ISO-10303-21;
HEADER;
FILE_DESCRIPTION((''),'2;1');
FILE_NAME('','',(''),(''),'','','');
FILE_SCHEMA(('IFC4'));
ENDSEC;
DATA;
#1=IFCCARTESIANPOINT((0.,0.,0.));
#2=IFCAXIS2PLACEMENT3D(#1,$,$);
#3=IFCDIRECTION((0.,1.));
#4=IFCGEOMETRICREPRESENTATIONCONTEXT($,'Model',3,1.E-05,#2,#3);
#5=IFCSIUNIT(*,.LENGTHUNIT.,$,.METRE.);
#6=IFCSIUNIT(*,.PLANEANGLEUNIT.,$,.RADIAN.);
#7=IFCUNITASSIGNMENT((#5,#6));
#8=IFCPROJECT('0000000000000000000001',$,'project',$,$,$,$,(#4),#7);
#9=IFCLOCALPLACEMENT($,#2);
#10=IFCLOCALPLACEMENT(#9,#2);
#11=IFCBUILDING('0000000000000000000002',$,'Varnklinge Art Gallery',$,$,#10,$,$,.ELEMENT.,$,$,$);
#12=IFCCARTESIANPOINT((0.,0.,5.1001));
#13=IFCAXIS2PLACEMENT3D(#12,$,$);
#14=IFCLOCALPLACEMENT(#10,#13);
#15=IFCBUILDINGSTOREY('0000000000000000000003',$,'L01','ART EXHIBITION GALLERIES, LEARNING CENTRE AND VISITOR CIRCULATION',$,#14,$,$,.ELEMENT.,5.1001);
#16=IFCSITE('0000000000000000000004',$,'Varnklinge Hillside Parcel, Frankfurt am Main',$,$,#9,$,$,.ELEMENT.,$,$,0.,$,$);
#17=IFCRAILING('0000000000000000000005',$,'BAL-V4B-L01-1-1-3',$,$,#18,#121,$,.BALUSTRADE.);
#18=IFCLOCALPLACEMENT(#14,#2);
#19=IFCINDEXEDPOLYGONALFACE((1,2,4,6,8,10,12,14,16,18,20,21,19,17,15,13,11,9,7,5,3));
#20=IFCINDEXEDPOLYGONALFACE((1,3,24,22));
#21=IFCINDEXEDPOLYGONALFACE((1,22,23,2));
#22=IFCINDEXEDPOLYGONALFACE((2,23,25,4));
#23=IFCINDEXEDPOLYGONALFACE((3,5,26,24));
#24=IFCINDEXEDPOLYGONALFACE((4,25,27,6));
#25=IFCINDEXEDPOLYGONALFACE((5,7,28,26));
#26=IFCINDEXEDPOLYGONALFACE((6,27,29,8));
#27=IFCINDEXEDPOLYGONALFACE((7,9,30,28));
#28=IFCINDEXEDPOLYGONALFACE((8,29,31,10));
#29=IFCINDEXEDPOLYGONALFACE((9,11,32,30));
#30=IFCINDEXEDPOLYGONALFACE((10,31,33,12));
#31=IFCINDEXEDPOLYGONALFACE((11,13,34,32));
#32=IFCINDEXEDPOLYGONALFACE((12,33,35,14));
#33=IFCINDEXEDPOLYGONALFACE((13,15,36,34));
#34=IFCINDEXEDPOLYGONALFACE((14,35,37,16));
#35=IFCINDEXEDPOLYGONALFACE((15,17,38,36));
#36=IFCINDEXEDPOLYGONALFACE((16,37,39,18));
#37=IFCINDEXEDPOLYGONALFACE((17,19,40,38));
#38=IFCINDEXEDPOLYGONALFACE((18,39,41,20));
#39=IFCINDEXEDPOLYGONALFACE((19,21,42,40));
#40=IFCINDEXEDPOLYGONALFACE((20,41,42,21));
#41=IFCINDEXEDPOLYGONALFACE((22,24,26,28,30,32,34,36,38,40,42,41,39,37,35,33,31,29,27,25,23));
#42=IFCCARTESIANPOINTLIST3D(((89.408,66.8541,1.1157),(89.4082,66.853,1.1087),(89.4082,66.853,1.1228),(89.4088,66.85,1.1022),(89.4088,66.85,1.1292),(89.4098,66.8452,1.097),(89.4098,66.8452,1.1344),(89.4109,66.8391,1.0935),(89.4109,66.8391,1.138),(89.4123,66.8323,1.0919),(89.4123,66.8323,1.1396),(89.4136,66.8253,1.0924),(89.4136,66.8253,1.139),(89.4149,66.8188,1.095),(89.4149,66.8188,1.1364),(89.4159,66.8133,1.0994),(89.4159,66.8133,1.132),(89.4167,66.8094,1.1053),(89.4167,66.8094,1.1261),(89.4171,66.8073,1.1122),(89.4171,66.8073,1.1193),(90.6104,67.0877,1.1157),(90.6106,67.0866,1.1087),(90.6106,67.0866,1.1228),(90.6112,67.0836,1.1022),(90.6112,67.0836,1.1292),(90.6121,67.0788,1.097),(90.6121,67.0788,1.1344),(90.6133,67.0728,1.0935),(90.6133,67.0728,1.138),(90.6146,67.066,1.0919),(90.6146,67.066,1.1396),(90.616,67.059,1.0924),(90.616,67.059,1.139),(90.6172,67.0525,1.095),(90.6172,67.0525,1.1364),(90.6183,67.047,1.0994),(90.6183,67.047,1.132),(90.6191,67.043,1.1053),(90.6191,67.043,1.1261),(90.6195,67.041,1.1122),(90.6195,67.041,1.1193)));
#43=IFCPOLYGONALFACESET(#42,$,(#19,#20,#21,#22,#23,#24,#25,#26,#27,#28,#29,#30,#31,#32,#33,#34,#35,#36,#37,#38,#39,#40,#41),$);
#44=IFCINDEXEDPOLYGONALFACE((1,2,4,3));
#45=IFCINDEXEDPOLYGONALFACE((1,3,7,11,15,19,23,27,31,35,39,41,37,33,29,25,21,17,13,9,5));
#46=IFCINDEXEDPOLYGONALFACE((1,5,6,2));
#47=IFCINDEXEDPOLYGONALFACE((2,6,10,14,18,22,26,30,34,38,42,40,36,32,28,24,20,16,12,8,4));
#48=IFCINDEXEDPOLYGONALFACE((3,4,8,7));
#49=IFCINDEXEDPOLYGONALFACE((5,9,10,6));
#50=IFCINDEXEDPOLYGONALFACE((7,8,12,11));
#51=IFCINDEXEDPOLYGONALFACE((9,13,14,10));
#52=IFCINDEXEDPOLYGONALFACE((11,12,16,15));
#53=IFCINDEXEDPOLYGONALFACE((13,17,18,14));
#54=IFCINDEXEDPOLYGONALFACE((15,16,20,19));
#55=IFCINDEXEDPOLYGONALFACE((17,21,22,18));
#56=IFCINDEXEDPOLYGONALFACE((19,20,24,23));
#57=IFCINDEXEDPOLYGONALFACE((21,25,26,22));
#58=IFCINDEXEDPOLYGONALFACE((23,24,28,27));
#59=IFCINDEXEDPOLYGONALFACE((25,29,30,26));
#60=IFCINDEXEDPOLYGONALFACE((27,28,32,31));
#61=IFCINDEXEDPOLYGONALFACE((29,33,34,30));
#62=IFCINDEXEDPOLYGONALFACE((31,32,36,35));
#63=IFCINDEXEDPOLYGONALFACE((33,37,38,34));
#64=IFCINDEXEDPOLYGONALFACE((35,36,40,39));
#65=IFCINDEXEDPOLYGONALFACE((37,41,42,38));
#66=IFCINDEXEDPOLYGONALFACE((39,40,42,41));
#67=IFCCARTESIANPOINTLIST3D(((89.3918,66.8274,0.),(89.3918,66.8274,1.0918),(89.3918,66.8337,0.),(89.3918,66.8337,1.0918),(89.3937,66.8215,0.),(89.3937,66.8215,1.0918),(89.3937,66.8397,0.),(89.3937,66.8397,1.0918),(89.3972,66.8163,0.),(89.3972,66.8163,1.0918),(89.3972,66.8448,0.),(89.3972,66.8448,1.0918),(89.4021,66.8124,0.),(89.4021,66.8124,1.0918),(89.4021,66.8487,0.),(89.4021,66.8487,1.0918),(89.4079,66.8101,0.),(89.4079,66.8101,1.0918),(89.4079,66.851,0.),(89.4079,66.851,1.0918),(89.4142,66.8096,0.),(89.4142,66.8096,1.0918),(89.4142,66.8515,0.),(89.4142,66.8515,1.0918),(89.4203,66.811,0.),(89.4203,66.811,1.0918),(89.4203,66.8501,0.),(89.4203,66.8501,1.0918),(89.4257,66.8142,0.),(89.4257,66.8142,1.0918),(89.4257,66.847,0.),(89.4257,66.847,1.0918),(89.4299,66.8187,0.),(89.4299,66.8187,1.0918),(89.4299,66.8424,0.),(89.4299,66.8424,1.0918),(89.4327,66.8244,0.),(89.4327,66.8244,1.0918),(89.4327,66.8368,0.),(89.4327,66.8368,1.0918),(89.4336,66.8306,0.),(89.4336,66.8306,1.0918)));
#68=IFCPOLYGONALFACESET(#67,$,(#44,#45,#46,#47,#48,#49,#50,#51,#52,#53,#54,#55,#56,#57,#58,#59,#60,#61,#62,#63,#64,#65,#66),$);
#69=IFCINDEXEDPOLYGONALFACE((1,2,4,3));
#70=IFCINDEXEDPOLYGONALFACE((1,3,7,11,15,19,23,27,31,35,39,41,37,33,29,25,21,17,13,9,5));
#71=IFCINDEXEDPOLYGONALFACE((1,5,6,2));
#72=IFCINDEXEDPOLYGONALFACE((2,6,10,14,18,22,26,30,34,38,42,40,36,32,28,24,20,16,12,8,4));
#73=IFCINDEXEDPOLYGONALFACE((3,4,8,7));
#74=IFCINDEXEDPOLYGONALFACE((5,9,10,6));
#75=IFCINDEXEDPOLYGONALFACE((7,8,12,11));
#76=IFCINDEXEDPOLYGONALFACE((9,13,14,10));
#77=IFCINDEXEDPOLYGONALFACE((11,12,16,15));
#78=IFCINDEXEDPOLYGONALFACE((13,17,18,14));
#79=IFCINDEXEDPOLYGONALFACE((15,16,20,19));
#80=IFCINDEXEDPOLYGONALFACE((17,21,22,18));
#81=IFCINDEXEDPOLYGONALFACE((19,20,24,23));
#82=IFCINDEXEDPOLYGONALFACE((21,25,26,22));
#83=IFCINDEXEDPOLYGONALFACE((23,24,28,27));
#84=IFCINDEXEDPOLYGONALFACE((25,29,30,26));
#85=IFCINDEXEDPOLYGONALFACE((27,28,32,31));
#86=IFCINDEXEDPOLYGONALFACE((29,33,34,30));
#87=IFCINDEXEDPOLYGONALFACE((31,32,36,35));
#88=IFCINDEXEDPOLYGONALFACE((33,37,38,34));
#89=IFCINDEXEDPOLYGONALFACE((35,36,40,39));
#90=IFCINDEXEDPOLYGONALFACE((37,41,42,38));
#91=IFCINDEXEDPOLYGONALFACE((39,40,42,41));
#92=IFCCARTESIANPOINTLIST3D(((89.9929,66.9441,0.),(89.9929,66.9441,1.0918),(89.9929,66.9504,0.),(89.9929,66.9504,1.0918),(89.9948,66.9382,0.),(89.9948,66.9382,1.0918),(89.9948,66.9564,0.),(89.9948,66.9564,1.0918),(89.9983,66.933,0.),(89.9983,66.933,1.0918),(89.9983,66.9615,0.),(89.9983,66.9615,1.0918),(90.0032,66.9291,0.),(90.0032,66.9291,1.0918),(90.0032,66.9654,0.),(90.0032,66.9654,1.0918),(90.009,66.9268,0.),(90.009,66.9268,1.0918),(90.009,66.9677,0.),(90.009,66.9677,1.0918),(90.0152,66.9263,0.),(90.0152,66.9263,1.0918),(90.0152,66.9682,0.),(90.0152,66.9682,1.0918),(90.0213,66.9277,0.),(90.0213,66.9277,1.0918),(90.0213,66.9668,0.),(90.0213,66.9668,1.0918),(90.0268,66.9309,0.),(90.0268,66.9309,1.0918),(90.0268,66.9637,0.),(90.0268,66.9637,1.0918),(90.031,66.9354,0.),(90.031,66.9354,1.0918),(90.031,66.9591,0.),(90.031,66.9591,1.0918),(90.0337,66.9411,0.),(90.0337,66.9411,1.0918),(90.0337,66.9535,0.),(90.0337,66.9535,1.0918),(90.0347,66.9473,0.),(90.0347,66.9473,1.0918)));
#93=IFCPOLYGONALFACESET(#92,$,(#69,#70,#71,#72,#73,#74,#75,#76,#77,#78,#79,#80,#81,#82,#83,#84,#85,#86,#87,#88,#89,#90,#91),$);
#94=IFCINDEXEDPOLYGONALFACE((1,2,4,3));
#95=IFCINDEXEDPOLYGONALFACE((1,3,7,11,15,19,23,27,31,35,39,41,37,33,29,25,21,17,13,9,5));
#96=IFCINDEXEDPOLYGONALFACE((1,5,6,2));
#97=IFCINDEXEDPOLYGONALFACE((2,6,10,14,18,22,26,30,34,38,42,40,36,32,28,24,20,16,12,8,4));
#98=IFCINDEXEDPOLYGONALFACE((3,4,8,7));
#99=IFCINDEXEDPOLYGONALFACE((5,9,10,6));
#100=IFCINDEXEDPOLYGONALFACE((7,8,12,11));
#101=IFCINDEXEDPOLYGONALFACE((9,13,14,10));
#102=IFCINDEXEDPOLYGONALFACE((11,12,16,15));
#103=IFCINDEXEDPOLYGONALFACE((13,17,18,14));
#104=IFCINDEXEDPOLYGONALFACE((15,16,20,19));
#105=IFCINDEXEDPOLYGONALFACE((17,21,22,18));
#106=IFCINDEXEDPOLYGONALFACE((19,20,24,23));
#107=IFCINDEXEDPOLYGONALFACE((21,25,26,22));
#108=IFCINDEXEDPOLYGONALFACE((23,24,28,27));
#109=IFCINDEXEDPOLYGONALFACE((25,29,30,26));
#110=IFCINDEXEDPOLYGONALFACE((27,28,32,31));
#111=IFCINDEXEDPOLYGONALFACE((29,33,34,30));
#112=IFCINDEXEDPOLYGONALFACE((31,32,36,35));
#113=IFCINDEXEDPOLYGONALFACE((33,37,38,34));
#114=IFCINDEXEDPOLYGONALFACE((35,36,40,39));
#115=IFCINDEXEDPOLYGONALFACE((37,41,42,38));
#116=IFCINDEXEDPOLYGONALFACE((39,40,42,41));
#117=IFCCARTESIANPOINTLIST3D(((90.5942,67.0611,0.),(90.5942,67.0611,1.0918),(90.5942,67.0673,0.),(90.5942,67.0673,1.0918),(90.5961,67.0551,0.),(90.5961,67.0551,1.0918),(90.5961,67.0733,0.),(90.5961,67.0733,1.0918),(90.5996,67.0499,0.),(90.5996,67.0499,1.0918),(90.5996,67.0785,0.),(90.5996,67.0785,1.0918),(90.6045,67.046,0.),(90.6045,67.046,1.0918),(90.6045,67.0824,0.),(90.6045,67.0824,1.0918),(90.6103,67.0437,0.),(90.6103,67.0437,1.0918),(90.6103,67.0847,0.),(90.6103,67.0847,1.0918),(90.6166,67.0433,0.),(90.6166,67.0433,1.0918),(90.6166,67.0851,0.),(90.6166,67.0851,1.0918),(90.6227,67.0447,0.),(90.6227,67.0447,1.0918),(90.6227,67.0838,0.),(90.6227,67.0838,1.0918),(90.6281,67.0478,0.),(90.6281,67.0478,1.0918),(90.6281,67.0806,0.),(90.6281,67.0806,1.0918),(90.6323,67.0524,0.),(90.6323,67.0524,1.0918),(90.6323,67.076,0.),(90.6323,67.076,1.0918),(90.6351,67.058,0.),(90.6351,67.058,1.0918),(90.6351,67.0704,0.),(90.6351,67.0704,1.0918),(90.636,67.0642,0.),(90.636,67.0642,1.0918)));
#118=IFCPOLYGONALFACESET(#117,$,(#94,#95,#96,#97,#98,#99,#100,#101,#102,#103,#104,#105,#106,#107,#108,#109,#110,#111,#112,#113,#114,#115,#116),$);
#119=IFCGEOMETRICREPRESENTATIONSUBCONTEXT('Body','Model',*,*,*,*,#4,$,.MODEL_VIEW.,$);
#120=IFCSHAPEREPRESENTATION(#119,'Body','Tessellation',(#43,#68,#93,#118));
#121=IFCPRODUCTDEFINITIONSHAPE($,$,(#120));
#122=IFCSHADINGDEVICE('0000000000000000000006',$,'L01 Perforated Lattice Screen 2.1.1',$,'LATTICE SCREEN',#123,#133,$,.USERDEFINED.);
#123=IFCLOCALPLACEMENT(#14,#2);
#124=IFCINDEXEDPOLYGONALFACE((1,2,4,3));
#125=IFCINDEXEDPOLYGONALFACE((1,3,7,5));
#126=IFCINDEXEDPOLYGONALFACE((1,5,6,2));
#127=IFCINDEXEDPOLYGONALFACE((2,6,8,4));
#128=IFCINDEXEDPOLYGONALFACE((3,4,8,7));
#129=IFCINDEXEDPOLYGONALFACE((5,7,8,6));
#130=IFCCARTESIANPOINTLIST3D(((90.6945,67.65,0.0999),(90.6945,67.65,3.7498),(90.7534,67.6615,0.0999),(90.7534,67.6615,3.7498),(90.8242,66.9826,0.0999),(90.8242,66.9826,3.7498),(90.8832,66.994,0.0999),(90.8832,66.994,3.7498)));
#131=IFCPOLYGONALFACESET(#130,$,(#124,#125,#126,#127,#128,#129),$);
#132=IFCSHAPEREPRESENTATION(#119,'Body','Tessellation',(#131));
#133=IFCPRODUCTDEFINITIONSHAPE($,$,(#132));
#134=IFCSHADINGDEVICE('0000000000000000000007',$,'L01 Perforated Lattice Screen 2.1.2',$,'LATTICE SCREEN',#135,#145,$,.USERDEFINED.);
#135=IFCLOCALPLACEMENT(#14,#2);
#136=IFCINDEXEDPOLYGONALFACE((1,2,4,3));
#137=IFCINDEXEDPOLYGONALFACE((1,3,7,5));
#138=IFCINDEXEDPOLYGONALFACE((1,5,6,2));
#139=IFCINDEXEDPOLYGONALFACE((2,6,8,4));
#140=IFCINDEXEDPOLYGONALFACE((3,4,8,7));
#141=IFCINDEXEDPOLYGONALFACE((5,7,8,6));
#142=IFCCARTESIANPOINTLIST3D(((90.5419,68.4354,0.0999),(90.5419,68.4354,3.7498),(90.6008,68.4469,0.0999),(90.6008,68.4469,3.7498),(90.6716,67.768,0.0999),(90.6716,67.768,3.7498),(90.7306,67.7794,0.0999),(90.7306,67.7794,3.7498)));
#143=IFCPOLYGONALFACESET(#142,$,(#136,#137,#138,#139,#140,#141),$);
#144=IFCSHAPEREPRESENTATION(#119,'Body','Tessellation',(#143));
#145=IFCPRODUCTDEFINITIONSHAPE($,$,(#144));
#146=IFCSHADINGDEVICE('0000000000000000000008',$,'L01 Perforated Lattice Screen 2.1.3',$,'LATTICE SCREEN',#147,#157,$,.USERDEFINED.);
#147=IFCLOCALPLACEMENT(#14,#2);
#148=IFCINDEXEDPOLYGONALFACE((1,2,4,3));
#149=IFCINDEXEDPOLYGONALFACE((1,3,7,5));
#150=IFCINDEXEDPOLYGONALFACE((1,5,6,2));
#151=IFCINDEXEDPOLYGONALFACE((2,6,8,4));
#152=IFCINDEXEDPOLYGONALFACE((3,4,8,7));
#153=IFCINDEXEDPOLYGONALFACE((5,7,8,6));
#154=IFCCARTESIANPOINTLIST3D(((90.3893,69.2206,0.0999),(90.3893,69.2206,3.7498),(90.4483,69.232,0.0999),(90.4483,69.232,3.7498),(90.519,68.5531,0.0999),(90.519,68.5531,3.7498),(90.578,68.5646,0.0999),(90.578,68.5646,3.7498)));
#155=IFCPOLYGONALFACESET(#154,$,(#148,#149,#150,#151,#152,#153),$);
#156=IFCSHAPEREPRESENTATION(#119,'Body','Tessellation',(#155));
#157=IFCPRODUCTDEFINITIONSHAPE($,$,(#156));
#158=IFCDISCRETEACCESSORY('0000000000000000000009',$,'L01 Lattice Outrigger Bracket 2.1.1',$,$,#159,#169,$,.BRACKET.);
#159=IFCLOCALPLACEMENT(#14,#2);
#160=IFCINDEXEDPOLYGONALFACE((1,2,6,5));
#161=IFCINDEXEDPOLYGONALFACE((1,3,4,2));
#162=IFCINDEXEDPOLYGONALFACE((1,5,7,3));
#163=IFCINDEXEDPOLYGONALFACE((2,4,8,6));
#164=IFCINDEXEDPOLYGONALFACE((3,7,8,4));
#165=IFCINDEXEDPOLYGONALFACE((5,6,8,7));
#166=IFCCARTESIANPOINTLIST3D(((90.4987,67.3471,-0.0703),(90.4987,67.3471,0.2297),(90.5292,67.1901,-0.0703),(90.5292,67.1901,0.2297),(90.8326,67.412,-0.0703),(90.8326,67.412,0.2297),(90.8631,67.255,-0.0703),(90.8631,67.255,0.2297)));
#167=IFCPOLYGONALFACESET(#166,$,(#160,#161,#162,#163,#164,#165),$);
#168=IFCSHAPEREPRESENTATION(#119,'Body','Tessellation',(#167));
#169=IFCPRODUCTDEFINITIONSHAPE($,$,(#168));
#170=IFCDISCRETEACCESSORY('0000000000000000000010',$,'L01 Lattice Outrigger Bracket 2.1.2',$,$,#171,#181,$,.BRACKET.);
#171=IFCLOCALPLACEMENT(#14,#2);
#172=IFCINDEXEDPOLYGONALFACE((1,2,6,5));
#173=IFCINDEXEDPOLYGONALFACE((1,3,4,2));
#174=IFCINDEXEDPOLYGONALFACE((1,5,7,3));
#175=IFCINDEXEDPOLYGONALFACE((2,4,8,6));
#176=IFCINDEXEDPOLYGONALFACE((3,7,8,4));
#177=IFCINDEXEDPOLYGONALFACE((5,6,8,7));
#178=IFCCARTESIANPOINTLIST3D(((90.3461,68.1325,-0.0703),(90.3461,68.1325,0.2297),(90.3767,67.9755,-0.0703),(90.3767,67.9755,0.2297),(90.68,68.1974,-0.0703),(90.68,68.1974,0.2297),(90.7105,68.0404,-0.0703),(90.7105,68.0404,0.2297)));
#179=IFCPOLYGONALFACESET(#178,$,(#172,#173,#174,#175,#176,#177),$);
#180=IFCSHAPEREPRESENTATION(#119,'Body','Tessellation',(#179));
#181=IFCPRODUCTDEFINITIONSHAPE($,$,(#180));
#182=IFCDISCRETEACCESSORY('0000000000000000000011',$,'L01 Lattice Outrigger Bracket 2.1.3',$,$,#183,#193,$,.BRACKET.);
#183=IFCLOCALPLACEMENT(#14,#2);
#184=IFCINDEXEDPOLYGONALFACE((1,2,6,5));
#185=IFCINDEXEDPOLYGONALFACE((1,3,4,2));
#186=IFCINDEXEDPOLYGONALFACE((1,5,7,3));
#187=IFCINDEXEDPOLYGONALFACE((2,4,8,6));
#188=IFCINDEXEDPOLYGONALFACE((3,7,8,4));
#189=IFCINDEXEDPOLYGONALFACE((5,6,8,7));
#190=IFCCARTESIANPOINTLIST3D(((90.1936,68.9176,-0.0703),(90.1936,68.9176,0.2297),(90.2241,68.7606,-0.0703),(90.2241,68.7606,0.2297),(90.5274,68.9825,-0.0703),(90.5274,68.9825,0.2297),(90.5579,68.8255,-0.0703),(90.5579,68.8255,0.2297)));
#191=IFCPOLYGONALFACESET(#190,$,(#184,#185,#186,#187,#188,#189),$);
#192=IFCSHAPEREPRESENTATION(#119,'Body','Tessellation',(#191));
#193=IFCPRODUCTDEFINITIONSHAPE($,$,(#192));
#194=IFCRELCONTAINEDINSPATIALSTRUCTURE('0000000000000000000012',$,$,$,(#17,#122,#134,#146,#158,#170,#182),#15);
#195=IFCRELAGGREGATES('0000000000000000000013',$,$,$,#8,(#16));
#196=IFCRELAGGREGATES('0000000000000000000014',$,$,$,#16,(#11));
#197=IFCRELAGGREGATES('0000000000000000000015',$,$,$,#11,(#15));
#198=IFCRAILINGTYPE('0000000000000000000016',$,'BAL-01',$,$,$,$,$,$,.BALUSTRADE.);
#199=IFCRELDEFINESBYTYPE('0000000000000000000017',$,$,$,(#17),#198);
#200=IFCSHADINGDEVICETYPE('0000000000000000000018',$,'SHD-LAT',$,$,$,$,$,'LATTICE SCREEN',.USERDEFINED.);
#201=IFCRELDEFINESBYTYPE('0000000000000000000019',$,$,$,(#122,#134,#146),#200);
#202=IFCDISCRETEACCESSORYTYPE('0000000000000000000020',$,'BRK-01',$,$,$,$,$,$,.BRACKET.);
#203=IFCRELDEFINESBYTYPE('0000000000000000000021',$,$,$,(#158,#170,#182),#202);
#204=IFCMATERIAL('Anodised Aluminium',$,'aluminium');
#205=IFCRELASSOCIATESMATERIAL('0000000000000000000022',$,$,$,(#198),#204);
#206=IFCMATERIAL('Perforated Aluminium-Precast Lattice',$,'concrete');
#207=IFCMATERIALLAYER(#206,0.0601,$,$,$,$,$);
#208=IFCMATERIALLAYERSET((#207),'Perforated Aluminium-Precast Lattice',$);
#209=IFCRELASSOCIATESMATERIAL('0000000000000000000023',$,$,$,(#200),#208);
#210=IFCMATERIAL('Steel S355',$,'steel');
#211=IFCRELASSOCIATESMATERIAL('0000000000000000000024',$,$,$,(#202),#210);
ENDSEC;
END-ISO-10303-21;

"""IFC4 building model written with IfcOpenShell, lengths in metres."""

from ifc_helpers import new_model, si_unit, direction, frame, origin, origin_2d, place, context, subcontext, project, spatial, rectangle, circle, extrude, material, layer, layer_set, type_object, element, save


model = new_model("IFC4")

# Units and contexts
model_context = context("Model", 3, precision=1e-05, world=origin(), true_north=direction((0.0, 1.0)))
body_context = subcontext(model_context, "Body", "Model", "MODEL_VIEW")
ifc_project = project(units=[si_unit("LENGTHUNIT", "METRE"), si_unit("PLANEANGLEUNIT", "RADIAN")], contexts=[model_context])

# Site, building, storey
site_placement = place(None, origin())
site = spatial("IfcSite", under=ifc_project, at=site_placement, Name="Varnklinge Hillside Parcel, Frankfurt am Main", CompositionType="ELEMENT", RefElevation=0.0)
building_placement = place(site_placement, origin())
building = spatial("IfcBuilding", under=site, at=building_placement, Name="Varnklinge Art Gallery", CompositionType="ELEMENT")
storey_placement = place(building_placement, frame((0.0, 0.0, 5.1001)))
storey = spatial("IfcBuildingStorey", under=building, at=storey_placement, Name="L01", Description="ART EXHIBITION GALLERIES, LEARNING CENTRE AND VISITOR CIRCULATION", CompositionType="ELEMENT", Elevation=5.1001)

# Railing
ifc_material_1 = material(Name="Anodised Aluminium", Category="aluminium")
railing_type = type_object("IfcRailingType", Name="BAL-01", PredefinedType="BALUSTRADE", material=ifc_material_1)
railing_1_placement = place(storey_placement, frame((89.4126, 66.8306, 0.0)))
element("IfcRailing", 1, at=railing_1_placement, inside=storey, type_object=railing_type, Name="BAL-V4B-L01-1-1-3", PredefinedType="BALUSTRADE", context=body_context, shape_type="SweptSolid", body=[
    extrude(circle(Radius=0.0239, at=origin_2d()), frame((0.0, 0.0, 1.1157), z_axis=(0.981639, 0.190747, 0.0), x_axis=(-0.190747, 0.981639, 0.0)), (0.0, 0.0, 1.0), 1.2249),
    extrude(circle(Radius=0.021, at=origin_2d()), origin(), (0.0, 0.0, 1.0), 1.0918),
    extrude(circle(Radius=0.021, at=origin_2d()), frame((0.6011, 0.1167, 0.0)), (0.0, 0.0, 1.0), 1.0918),
    extrude(circle(Radius=0.021, at=origin_2d()), frame((1.2024, 0.2336, 0.0)), (0.0, 0.0, 1.0), 1.0918),
])

# Shading devices
ifc_material_2 = material(Name="Perforated Aluminium-Precast Lattice", Category="concrete")
ifc_layer_1 = layer(ifc_material_2, 0.0601)
ifc_layer_set_1 = layer_set([ifc_layer_1], Name="Perforated Aluminium-Precast Lattice")
shading_device_type = type_object("IfcShadingDeviceType", Name="SHD-LAT", ElementType="LATTICE SCREEN", PredefinedType="USERDEFINED", material=ifc_layer_set_1)
for number, where, z_axis, x_axis, name in (
    (2, (90.7888, 67.322, 0.0999), (0.0, 0.0, 1.0), (-0.190809, 0.981627, 0.0), "L01 Perforated Lattice Screen 2.1.1"),
    (3, (90.6362, 68.1074, 0.0999), (0.0, 0.0, 1.0), (-0.190809, 0.981627, 0.0), "L01 Perforated Lattice Screen 2.1.2"),
    (4, (90.4836, 68.8926, 0.0999), (0.0, 0.0, 1.0), (-0.190809, 0.981627, 0.0), "L01 Perforated Lattice Screen 2.1.3"),
):
    element("IfcShadingDevice", number, at=place(storey_placement, frame(where, z_axis=z_axis, x_axis=x_axis)), inside=storey, type_object=shading_device_type, Name=name, ObjectType="LATTICE SCREEN", PredefinedType="USERDEFINED", context=body_context, shape_type="SweptSolid", body=[
        extrude(rectangle(XDim=0.6799, YDim=0.0601, at=origin_2d()), origin(), (0.0, 0.0, 1.0), 3.6499),
    ])

# Discrete accessories
ifc_material_3 = material(Name="Steel S355", Category="steel")
discrete_accessory_type = type_object("IfcDiscreteAccessoryType", Name="BRK-01", PredefinedType="BRACKET", material=ifc_material_3)
for number, where, z_axis, x_axis, name in (
    (5, (90.6809, 67.301, -0.0703), (0.0, 0.0, 1.0), (-0.190809, 0.981627, 0.0), "L01 Lattice Outrigger Bracket 2.1.1"),
    (6, (90.5283, 68.0864, -0.0703), (0.0, 0.0, 1.0), (-0.190809, 0.981627, 0.0), "L01 Lattice Outrigger Bracket 2.1.2"),
    (7, (90.3757, 68.8716, -0.0703), (0.0, 0.0, 1.0), (-0.190809, 0.981627, 0.0), "L01 Lattice Outrigger Bracket 2.1.3"),
):
    element("IfcDiscreteAccessory", number, at=place(storey_placement, frame(where, z_axis=z_axis, x_axis=x_axis)), inside=storey, type_object=discrete_accessory_type, Name=name, PredefinedType="BRACKET", context=body_context, shape_type="SweptSolid", body=[
        extrude(rectangle(XDim=0.1599, YDim=0.3401, at=origin_2d()), origin(), (0.0, 0.0, 1.0), 0.3),
    ])

save(model, "model.ifc")
